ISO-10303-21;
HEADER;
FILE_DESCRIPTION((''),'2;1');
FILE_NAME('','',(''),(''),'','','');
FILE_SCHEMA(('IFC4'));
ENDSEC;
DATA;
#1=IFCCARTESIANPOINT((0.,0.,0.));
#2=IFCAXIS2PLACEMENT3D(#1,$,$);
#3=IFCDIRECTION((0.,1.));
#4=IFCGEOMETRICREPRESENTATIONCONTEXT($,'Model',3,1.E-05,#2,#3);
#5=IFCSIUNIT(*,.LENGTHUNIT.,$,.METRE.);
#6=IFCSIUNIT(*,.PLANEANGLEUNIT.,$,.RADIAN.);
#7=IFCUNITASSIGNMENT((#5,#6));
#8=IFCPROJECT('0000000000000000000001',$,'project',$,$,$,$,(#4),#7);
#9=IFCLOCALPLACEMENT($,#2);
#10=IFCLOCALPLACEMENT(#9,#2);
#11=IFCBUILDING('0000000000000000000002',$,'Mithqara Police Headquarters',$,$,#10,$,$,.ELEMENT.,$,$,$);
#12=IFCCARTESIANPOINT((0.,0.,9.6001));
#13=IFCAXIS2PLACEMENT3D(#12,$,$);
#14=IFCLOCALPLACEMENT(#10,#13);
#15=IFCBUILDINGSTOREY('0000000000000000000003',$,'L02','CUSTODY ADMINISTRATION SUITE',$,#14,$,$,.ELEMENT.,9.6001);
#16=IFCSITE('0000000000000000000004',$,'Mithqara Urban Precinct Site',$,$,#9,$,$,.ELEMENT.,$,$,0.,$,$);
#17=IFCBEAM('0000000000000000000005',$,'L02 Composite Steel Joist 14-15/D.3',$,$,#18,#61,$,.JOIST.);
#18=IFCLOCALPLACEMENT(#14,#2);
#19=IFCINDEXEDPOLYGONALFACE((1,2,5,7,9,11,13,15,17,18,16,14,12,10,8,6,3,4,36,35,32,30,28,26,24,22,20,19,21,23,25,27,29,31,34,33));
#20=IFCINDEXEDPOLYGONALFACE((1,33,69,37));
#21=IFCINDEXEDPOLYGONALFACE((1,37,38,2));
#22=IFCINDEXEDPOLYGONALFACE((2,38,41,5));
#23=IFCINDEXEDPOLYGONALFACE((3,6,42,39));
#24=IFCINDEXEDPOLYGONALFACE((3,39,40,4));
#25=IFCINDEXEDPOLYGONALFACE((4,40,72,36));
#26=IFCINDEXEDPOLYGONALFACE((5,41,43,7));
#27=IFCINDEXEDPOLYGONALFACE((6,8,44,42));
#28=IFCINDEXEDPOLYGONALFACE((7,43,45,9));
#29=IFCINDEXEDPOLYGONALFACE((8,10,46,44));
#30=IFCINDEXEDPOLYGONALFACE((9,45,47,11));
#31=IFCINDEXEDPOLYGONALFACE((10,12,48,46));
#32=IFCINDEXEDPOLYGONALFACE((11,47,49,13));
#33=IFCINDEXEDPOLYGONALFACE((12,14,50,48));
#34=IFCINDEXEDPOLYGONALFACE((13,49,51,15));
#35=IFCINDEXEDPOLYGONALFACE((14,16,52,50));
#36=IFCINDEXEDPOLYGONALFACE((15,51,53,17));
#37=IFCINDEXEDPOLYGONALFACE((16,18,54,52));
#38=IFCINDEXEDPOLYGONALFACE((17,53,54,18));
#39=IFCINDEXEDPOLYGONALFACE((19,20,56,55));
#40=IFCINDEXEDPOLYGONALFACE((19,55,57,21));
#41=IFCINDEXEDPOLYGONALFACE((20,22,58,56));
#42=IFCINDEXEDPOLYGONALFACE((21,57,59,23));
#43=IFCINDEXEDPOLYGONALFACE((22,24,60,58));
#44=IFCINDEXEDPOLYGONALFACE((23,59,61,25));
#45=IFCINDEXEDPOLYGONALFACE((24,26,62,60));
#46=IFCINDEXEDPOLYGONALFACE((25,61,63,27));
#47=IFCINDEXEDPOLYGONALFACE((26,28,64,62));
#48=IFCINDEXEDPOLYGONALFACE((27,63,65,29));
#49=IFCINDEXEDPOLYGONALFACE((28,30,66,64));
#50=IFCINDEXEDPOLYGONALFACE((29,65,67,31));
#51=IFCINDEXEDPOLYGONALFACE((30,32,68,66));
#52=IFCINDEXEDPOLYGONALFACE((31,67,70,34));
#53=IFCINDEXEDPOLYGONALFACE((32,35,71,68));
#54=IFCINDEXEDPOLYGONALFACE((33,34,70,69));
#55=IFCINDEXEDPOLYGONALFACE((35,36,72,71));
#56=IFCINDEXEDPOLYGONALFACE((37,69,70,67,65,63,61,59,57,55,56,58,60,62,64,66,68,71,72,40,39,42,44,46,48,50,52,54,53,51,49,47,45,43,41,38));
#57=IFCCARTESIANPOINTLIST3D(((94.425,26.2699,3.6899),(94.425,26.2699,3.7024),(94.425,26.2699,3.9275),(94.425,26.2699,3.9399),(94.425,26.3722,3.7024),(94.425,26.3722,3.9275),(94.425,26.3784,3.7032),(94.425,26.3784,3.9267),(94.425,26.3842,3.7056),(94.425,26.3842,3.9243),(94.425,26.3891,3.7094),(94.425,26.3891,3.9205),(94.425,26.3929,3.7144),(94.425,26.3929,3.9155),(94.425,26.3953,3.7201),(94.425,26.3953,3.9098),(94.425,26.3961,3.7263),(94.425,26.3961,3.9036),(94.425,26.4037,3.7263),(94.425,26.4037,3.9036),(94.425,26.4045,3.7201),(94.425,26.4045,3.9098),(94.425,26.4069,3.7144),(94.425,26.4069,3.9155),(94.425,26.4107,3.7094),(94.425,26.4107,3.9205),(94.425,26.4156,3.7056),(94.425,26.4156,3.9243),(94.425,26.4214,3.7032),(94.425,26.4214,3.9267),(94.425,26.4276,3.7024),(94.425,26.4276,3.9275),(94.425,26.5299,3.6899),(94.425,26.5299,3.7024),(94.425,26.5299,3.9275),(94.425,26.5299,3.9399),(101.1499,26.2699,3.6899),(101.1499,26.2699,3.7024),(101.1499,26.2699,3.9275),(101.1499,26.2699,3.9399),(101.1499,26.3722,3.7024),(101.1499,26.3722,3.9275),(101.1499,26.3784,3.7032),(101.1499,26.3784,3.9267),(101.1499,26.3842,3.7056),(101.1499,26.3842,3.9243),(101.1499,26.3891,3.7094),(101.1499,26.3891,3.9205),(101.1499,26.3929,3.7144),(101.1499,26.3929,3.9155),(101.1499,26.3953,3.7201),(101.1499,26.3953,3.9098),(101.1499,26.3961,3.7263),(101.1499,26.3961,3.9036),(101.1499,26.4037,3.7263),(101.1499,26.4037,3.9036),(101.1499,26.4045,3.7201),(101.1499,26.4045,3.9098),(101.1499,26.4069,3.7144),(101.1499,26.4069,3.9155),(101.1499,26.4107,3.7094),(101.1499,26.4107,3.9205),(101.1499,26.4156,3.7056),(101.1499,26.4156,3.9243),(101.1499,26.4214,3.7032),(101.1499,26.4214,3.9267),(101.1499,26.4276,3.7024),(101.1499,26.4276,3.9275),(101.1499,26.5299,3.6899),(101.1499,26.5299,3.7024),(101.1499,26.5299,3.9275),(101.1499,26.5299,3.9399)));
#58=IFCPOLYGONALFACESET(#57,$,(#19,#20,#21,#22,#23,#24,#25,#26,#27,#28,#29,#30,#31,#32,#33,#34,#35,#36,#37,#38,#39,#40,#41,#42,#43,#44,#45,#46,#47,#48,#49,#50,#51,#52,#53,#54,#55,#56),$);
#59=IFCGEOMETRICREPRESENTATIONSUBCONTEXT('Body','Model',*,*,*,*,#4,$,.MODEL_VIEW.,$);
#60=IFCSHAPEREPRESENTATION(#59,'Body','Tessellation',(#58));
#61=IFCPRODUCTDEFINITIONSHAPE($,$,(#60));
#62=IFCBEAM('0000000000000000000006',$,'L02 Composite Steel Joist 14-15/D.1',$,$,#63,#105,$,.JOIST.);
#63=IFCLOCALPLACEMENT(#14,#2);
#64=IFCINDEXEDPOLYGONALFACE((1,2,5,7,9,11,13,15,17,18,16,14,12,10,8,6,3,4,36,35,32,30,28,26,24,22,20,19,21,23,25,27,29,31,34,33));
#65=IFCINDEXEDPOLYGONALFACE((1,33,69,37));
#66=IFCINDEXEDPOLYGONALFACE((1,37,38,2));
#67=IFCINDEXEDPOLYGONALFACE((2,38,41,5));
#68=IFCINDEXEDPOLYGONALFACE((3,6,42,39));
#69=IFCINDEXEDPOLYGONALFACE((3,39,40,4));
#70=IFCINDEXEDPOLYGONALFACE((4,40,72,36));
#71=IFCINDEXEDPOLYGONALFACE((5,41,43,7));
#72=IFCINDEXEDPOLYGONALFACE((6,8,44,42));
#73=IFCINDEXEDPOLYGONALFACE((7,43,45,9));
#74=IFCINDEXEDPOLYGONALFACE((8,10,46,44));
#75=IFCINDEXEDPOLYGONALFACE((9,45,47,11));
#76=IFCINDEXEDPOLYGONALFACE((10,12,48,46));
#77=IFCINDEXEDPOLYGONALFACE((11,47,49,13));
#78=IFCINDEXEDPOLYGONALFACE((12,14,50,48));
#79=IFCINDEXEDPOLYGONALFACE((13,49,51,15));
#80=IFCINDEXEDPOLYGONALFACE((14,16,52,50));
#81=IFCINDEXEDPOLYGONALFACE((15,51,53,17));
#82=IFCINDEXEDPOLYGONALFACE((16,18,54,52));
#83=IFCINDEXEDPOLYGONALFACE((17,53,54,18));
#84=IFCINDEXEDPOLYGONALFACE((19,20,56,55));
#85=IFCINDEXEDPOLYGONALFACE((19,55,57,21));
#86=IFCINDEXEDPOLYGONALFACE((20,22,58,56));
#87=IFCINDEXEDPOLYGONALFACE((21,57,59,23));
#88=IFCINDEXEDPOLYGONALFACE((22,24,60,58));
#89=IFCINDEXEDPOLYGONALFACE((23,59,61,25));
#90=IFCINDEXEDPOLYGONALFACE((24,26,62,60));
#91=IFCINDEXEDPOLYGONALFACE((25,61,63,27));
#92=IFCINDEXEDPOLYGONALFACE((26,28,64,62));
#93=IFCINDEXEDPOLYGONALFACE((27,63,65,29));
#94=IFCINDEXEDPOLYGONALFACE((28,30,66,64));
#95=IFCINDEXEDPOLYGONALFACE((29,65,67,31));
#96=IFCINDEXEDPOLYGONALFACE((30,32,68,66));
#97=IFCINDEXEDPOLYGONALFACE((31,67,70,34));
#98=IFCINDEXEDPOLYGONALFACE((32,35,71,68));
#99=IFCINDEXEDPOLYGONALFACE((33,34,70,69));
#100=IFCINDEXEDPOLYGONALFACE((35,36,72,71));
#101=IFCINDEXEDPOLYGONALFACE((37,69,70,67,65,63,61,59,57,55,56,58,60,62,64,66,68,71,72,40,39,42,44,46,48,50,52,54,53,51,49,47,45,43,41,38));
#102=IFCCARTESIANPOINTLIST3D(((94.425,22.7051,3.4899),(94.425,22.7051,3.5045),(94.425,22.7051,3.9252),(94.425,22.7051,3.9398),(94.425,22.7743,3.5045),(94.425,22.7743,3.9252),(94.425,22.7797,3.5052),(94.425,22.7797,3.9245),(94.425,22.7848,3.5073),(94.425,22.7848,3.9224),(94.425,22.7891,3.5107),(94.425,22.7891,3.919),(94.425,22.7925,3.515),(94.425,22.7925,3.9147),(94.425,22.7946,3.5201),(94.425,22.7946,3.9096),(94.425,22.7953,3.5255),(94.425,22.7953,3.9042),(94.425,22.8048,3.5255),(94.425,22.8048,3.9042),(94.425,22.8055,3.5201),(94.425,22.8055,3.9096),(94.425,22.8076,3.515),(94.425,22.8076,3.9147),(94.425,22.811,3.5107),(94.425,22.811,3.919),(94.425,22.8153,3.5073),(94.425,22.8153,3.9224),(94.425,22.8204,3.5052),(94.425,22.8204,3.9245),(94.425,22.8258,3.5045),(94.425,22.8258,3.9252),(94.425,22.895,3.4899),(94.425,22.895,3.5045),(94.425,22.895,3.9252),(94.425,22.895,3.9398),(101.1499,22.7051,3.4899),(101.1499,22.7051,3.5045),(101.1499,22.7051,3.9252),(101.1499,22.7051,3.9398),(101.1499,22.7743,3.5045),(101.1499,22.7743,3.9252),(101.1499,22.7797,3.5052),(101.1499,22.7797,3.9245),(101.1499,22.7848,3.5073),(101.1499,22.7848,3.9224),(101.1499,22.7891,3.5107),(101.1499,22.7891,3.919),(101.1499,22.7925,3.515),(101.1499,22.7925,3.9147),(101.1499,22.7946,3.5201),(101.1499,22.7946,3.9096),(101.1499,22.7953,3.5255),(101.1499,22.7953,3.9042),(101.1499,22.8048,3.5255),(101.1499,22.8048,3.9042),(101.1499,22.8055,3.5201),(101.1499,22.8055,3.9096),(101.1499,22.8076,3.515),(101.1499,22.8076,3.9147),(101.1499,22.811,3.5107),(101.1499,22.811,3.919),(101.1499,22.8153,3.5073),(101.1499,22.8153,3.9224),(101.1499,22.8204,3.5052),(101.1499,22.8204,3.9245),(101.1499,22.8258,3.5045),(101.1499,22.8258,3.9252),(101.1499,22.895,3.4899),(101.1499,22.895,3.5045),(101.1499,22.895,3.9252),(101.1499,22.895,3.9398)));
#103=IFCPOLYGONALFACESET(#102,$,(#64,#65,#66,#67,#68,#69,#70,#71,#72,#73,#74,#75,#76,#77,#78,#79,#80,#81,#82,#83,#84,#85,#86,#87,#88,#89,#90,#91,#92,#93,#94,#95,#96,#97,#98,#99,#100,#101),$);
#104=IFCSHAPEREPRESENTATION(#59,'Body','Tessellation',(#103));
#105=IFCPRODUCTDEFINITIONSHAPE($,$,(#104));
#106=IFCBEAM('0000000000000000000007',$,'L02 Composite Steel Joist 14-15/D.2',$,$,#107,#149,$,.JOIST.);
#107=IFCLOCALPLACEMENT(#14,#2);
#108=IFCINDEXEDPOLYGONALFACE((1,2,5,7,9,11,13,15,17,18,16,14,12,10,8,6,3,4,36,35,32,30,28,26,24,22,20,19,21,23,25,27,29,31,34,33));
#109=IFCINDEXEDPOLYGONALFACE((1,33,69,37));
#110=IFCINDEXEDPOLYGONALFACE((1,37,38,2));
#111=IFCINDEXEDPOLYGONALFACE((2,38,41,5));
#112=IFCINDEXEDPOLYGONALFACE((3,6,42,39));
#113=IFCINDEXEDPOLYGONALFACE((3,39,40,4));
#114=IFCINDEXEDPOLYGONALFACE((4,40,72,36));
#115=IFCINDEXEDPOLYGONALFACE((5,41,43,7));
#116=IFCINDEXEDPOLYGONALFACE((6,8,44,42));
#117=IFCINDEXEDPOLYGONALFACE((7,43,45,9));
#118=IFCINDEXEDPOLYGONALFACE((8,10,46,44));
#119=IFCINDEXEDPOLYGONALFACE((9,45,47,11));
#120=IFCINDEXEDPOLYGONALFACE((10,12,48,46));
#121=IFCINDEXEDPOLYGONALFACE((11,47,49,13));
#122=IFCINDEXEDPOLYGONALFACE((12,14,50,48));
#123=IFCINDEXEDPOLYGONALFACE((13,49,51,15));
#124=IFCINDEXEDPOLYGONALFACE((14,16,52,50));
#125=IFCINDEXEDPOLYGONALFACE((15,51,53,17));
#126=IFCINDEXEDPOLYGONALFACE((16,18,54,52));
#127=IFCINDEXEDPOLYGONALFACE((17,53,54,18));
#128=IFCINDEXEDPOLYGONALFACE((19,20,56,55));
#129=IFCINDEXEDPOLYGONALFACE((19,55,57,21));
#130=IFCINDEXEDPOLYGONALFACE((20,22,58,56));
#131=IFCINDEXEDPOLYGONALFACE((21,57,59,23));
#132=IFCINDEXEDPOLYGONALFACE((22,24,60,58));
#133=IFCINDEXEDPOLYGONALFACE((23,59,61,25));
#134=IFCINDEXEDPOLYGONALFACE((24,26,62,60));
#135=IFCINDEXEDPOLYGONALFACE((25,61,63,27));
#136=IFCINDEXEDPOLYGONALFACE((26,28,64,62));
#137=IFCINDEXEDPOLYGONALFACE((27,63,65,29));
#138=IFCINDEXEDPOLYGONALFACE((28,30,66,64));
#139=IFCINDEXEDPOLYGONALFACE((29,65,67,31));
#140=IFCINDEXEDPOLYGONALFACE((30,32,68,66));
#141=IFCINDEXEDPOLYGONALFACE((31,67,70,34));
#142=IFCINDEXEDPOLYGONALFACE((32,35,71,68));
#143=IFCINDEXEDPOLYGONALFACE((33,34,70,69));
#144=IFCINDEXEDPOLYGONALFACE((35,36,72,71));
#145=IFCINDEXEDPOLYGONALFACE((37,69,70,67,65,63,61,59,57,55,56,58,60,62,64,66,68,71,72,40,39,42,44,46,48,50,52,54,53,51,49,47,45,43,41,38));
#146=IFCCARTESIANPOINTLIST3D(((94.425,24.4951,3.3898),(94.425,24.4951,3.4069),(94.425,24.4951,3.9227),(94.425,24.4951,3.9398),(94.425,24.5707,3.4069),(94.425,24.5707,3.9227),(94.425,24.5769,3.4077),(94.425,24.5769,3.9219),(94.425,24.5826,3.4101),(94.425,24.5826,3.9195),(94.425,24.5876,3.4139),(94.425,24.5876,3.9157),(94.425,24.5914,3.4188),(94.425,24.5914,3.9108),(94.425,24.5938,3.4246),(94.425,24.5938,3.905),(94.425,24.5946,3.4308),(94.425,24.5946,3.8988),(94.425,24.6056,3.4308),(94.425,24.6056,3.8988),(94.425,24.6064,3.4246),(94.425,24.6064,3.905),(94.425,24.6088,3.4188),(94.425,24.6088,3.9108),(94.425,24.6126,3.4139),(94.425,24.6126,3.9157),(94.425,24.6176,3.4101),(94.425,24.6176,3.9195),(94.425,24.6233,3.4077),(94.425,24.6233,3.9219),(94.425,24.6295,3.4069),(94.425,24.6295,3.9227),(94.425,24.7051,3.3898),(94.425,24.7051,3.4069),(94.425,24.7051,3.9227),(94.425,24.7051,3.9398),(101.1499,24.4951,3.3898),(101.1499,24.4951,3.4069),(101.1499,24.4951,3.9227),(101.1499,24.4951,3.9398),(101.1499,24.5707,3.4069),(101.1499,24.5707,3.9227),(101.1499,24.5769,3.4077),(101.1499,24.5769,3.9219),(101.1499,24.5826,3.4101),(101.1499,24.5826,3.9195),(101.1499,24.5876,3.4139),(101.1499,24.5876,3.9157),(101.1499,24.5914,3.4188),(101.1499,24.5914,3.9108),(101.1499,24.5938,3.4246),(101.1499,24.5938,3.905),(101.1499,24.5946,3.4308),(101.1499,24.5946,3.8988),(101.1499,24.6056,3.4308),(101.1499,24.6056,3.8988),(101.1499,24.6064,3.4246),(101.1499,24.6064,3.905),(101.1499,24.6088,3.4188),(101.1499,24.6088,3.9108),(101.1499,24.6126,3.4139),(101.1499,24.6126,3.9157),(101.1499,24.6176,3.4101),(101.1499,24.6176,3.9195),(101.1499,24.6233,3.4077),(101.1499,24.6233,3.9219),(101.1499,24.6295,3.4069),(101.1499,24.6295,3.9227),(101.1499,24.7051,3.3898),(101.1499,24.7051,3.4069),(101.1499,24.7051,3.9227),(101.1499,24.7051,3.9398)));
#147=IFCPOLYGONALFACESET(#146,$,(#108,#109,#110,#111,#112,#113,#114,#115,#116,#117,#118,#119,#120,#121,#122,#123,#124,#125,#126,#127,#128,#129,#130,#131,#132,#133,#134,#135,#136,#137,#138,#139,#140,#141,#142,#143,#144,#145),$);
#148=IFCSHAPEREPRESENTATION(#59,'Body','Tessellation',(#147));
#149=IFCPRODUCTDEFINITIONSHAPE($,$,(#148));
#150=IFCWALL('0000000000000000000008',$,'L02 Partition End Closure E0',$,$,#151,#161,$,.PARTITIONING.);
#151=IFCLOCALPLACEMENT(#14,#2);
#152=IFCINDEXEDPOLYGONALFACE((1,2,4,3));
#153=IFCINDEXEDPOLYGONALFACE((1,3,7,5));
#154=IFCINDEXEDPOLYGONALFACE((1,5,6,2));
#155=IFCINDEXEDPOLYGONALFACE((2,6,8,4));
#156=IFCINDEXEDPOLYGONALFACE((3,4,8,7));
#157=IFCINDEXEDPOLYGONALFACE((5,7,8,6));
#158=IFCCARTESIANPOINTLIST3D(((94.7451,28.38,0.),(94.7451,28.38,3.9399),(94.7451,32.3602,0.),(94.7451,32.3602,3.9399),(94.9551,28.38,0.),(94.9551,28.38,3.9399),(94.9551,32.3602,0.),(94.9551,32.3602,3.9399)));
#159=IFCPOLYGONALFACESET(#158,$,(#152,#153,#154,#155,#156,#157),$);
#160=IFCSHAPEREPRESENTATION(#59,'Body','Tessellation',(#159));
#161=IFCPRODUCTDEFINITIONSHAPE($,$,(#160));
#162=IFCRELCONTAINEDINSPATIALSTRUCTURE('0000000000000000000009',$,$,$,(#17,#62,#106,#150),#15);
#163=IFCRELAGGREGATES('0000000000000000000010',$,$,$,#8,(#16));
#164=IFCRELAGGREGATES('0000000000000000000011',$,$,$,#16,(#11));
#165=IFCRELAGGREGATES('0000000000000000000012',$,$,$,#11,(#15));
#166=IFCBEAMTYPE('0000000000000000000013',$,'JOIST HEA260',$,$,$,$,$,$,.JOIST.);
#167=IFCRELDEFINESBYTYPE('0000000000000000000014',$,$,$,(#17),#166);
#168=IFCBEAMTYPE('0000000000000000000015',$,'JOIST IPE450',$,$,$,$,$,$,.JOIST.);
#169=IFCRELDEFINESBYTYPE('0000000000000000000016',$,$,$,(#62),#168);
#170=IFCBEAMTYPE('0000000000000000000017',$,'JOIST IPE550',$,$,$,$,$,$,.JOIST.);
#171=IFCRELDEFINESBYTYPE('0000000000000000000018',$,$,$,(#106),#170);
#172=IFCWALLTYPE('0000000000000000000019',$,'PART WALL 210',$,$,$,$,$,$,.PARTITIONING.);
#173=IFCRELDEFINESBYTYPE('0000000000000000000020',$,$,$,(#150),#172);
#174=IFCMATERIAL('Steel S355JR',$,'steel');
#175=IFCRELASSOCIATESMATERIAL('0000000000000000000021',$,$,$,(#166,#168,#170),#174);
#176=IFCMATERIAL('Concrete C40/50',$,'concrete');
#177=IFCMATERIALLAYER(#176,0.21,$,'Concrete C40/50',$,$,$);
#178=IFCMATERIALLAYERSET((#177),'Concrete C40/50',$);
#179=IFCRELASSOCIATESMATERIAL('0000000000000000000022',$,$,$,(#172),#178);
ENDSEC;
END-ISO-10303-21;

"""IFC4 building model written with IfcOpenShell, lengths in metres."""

from ifc_helpers import new_model, si_unit, direction, frame, frame_2d, origin, origin_2d, place, context, subcontext, project, spatial, rectangle, i_section, extrude, material, layer, layer_set, material_profile, profile_set, type_object, element, save


model = new_model("IFC4")

# Units and contexts
model_context = context("Model", 3, precision=1e-05, world=origin(), true_north=direction((0.0, 1.0)))
body_context = subcontext(model_context, "Body", "Model", "MODEL_VIEW")
ifc_project = project(units=[si_unit("LENGTHUNIT", "METRE"), si_unit("PLANEANGLEUNIT", "RADIAN")], contexts=[model_context])

# Site, building, storey
site_placement = place(None, origin())
site = spatial("IfcSite", under=ifc_project, at=site_placement, Name="Mithqara Urban Precinct Site", CompositionType="ELEMENT", RefElevation=0.0)
building_placement = place(site_placement, origin())
building = spatial("IfcBuilding", under=site, at=building_placement, Name="Mithqara Police Headquarters", CompositionType="ELEMENT")
storey_placement = place(building_placement, frame((0.0, 0.0, 9.6001)))
storey = spatial("IfcBuildingStorey", under=building, at=storey_placement, Name="L02", Description="CUSTODY ADMINISTRATION SUITE", CompositionType="ELEMENT", Elevation=9.6001)

# Beams
ifc_material_1 = material(Name="Steel S355JR", Category="steel")
ifc_material_2 = material(Name="Concrete C40/50", Category="concrete")
ifc_material_profile_1 = material_profile(ifc_material_1, i_section(OverallWidth=0.26, OverallDepth=0.25, WebThickness=0.0076, FlangeThickness=0.0125, FilletRadius=0.0239, at=origin_2d()), Name="HEA 260")
ifc_profile_set_1 = profile_set([ifc_material_profile_1], Name="Steel S355JR")
beam_type_1 = type_object("IfcBeamType", Name="JOIST HEA260", PredefinedType="JOIST", material=ifc_profile_set_1)
beam_1_placement = place(storey_placement, frame((94.425, 26.3999, 3.8149), z_axis=(1.0, 0.0, 0.0), x_axis=(0.0, 1.0, 0.0)))
element("IfcBeam", 1, at=beam_1_placement, inside=storey, type_object=beam_type_1, Name="L02 Composite Steel Joist 14-15/D.3", PredefinedType="JOIST", context=body_context, shape_type="SweptSolid", body=[
    extrude(i_section(OverallWidth=0.26, OverallDepth=0.25, WebThickness=0.0076, FlangeThickness=0.0125, FilletRadius=0.0239, at=origin_2d()), origin(), (0.0, 0.0, 1.0), 6.7249),
])
ifc_material_profile_2 = material_profile(ifc_material_1, i_section(OverallWidth=0.1899, OverallDepth=0.45, WebThickness=0.0095, FlangeThickness=0.0146, FilletRadius=0.021, at=origin_2d()), Name="IPE 450")
ifc_profile_set_2 = profile_set([ifc_material_profile_2], Name="Steel S355JR")
beam_type_2 = type_object("IfcBeamType", Name="JOIST IPE450", PredefinedType="JOIST", material=ifc_profile_set_2)
beam_2_placement = place(storey_placement, frame((94.425, 22.8, 3.7148), z_axis=(1.0, 0.0, 0.0), x_axis=(0.0, 1.0, 0.0)))
element("IfcBeam", 2, at=beam_2_placement, inside=storey, type_object=beam_type_2, Name="L02 Composite Steel Joist 14-15/D.1", PredefinedType="JOIST", context=body_context, shape_type="SweptSolid", body=[
    extrude(i_section(OverallWidth=0.1899, OverallDepth=0.45, WebThickness=0.0095, FlangeThickness=0.0146, FilletRadius=0.021, at=origin_2d()), origin(), (0.0, 0.0, 1.0), 6.7249),
])
ifc_material_profile_3 = material_profile(ifc_material_1, i_section(OverallWidth=0.21, OverallDepth=0.55, WebThickness=0.011, FlangeThickness=0.0171, FilletRadius=0.0239, at=origin_2d()), Name="IPE 550")
ifc_profile_set_3 = profile_set([ifc_material_profile_3], Name="Steel S355JR")
beam_type_3 = type_object("IfcBeamType", Name="JOIST IPE550", PredefinedType="JOIST", material=ifc_profile_set_3)
beam_3_placement = place(storey_placement, frame((94.425, 24.6001, 3.6648), z_axis=(1.0, 0.0, 0.0), x_axis=(0.0, 1.0, 0.0)))
element("IfcBeam", 3, at=beam_3_placement, inside=storey, type_object=beam_type_3, Name="L02 Composite Steel Joist 14-15/D.2", PredefinedType="JOIST", context=body_context, shape_type="SweptSolid", body=[
    extrude(i_section(OverallWidth=0.21, OverallDepth=0.55, WebThickness=0.011, FlangeThickness=0.0171, FilletRadius=0.0239, at=origin_2d()), origin(), (0.0, 0.0, 1.0), 6.7249),
])

# Wall
ifc_layer_1 = layer(ifc_material_2, 0.21, Name="Concrete C40/50")
ifc_layer_set_1 = layer_set([ifc_layer_1], Name="Concrete C40/50")
wall_type_1 = type_object("IfcWallType", Name="PART WALL 210", PredefinedType="PARTITIONING", material=ifc_layer_set_1)
wall_1_placement = place(storey_placement, frame((94.8501, 28.3799, 0.0), z_axis=(0.0, 0.0, 1.0), x_axis=(0.0, 1.0, 0.0)))
element("IfcWall", 4, at=wall_1_placement, inside=storey, type_object=wall_type_1, Name="L02 Partition End Closure E0", PredefinedType="PARTITIONING", context=body_context, shape_type="SweptSolid", body=[
    extrude(rectangle(XDim=3.9802, YDim=0.21, at=frame_2d((1.9902, 0.0))), origin(), (0.0, 0.0, 1.0), 3.9399),
])

save(model, "model.ifc")
